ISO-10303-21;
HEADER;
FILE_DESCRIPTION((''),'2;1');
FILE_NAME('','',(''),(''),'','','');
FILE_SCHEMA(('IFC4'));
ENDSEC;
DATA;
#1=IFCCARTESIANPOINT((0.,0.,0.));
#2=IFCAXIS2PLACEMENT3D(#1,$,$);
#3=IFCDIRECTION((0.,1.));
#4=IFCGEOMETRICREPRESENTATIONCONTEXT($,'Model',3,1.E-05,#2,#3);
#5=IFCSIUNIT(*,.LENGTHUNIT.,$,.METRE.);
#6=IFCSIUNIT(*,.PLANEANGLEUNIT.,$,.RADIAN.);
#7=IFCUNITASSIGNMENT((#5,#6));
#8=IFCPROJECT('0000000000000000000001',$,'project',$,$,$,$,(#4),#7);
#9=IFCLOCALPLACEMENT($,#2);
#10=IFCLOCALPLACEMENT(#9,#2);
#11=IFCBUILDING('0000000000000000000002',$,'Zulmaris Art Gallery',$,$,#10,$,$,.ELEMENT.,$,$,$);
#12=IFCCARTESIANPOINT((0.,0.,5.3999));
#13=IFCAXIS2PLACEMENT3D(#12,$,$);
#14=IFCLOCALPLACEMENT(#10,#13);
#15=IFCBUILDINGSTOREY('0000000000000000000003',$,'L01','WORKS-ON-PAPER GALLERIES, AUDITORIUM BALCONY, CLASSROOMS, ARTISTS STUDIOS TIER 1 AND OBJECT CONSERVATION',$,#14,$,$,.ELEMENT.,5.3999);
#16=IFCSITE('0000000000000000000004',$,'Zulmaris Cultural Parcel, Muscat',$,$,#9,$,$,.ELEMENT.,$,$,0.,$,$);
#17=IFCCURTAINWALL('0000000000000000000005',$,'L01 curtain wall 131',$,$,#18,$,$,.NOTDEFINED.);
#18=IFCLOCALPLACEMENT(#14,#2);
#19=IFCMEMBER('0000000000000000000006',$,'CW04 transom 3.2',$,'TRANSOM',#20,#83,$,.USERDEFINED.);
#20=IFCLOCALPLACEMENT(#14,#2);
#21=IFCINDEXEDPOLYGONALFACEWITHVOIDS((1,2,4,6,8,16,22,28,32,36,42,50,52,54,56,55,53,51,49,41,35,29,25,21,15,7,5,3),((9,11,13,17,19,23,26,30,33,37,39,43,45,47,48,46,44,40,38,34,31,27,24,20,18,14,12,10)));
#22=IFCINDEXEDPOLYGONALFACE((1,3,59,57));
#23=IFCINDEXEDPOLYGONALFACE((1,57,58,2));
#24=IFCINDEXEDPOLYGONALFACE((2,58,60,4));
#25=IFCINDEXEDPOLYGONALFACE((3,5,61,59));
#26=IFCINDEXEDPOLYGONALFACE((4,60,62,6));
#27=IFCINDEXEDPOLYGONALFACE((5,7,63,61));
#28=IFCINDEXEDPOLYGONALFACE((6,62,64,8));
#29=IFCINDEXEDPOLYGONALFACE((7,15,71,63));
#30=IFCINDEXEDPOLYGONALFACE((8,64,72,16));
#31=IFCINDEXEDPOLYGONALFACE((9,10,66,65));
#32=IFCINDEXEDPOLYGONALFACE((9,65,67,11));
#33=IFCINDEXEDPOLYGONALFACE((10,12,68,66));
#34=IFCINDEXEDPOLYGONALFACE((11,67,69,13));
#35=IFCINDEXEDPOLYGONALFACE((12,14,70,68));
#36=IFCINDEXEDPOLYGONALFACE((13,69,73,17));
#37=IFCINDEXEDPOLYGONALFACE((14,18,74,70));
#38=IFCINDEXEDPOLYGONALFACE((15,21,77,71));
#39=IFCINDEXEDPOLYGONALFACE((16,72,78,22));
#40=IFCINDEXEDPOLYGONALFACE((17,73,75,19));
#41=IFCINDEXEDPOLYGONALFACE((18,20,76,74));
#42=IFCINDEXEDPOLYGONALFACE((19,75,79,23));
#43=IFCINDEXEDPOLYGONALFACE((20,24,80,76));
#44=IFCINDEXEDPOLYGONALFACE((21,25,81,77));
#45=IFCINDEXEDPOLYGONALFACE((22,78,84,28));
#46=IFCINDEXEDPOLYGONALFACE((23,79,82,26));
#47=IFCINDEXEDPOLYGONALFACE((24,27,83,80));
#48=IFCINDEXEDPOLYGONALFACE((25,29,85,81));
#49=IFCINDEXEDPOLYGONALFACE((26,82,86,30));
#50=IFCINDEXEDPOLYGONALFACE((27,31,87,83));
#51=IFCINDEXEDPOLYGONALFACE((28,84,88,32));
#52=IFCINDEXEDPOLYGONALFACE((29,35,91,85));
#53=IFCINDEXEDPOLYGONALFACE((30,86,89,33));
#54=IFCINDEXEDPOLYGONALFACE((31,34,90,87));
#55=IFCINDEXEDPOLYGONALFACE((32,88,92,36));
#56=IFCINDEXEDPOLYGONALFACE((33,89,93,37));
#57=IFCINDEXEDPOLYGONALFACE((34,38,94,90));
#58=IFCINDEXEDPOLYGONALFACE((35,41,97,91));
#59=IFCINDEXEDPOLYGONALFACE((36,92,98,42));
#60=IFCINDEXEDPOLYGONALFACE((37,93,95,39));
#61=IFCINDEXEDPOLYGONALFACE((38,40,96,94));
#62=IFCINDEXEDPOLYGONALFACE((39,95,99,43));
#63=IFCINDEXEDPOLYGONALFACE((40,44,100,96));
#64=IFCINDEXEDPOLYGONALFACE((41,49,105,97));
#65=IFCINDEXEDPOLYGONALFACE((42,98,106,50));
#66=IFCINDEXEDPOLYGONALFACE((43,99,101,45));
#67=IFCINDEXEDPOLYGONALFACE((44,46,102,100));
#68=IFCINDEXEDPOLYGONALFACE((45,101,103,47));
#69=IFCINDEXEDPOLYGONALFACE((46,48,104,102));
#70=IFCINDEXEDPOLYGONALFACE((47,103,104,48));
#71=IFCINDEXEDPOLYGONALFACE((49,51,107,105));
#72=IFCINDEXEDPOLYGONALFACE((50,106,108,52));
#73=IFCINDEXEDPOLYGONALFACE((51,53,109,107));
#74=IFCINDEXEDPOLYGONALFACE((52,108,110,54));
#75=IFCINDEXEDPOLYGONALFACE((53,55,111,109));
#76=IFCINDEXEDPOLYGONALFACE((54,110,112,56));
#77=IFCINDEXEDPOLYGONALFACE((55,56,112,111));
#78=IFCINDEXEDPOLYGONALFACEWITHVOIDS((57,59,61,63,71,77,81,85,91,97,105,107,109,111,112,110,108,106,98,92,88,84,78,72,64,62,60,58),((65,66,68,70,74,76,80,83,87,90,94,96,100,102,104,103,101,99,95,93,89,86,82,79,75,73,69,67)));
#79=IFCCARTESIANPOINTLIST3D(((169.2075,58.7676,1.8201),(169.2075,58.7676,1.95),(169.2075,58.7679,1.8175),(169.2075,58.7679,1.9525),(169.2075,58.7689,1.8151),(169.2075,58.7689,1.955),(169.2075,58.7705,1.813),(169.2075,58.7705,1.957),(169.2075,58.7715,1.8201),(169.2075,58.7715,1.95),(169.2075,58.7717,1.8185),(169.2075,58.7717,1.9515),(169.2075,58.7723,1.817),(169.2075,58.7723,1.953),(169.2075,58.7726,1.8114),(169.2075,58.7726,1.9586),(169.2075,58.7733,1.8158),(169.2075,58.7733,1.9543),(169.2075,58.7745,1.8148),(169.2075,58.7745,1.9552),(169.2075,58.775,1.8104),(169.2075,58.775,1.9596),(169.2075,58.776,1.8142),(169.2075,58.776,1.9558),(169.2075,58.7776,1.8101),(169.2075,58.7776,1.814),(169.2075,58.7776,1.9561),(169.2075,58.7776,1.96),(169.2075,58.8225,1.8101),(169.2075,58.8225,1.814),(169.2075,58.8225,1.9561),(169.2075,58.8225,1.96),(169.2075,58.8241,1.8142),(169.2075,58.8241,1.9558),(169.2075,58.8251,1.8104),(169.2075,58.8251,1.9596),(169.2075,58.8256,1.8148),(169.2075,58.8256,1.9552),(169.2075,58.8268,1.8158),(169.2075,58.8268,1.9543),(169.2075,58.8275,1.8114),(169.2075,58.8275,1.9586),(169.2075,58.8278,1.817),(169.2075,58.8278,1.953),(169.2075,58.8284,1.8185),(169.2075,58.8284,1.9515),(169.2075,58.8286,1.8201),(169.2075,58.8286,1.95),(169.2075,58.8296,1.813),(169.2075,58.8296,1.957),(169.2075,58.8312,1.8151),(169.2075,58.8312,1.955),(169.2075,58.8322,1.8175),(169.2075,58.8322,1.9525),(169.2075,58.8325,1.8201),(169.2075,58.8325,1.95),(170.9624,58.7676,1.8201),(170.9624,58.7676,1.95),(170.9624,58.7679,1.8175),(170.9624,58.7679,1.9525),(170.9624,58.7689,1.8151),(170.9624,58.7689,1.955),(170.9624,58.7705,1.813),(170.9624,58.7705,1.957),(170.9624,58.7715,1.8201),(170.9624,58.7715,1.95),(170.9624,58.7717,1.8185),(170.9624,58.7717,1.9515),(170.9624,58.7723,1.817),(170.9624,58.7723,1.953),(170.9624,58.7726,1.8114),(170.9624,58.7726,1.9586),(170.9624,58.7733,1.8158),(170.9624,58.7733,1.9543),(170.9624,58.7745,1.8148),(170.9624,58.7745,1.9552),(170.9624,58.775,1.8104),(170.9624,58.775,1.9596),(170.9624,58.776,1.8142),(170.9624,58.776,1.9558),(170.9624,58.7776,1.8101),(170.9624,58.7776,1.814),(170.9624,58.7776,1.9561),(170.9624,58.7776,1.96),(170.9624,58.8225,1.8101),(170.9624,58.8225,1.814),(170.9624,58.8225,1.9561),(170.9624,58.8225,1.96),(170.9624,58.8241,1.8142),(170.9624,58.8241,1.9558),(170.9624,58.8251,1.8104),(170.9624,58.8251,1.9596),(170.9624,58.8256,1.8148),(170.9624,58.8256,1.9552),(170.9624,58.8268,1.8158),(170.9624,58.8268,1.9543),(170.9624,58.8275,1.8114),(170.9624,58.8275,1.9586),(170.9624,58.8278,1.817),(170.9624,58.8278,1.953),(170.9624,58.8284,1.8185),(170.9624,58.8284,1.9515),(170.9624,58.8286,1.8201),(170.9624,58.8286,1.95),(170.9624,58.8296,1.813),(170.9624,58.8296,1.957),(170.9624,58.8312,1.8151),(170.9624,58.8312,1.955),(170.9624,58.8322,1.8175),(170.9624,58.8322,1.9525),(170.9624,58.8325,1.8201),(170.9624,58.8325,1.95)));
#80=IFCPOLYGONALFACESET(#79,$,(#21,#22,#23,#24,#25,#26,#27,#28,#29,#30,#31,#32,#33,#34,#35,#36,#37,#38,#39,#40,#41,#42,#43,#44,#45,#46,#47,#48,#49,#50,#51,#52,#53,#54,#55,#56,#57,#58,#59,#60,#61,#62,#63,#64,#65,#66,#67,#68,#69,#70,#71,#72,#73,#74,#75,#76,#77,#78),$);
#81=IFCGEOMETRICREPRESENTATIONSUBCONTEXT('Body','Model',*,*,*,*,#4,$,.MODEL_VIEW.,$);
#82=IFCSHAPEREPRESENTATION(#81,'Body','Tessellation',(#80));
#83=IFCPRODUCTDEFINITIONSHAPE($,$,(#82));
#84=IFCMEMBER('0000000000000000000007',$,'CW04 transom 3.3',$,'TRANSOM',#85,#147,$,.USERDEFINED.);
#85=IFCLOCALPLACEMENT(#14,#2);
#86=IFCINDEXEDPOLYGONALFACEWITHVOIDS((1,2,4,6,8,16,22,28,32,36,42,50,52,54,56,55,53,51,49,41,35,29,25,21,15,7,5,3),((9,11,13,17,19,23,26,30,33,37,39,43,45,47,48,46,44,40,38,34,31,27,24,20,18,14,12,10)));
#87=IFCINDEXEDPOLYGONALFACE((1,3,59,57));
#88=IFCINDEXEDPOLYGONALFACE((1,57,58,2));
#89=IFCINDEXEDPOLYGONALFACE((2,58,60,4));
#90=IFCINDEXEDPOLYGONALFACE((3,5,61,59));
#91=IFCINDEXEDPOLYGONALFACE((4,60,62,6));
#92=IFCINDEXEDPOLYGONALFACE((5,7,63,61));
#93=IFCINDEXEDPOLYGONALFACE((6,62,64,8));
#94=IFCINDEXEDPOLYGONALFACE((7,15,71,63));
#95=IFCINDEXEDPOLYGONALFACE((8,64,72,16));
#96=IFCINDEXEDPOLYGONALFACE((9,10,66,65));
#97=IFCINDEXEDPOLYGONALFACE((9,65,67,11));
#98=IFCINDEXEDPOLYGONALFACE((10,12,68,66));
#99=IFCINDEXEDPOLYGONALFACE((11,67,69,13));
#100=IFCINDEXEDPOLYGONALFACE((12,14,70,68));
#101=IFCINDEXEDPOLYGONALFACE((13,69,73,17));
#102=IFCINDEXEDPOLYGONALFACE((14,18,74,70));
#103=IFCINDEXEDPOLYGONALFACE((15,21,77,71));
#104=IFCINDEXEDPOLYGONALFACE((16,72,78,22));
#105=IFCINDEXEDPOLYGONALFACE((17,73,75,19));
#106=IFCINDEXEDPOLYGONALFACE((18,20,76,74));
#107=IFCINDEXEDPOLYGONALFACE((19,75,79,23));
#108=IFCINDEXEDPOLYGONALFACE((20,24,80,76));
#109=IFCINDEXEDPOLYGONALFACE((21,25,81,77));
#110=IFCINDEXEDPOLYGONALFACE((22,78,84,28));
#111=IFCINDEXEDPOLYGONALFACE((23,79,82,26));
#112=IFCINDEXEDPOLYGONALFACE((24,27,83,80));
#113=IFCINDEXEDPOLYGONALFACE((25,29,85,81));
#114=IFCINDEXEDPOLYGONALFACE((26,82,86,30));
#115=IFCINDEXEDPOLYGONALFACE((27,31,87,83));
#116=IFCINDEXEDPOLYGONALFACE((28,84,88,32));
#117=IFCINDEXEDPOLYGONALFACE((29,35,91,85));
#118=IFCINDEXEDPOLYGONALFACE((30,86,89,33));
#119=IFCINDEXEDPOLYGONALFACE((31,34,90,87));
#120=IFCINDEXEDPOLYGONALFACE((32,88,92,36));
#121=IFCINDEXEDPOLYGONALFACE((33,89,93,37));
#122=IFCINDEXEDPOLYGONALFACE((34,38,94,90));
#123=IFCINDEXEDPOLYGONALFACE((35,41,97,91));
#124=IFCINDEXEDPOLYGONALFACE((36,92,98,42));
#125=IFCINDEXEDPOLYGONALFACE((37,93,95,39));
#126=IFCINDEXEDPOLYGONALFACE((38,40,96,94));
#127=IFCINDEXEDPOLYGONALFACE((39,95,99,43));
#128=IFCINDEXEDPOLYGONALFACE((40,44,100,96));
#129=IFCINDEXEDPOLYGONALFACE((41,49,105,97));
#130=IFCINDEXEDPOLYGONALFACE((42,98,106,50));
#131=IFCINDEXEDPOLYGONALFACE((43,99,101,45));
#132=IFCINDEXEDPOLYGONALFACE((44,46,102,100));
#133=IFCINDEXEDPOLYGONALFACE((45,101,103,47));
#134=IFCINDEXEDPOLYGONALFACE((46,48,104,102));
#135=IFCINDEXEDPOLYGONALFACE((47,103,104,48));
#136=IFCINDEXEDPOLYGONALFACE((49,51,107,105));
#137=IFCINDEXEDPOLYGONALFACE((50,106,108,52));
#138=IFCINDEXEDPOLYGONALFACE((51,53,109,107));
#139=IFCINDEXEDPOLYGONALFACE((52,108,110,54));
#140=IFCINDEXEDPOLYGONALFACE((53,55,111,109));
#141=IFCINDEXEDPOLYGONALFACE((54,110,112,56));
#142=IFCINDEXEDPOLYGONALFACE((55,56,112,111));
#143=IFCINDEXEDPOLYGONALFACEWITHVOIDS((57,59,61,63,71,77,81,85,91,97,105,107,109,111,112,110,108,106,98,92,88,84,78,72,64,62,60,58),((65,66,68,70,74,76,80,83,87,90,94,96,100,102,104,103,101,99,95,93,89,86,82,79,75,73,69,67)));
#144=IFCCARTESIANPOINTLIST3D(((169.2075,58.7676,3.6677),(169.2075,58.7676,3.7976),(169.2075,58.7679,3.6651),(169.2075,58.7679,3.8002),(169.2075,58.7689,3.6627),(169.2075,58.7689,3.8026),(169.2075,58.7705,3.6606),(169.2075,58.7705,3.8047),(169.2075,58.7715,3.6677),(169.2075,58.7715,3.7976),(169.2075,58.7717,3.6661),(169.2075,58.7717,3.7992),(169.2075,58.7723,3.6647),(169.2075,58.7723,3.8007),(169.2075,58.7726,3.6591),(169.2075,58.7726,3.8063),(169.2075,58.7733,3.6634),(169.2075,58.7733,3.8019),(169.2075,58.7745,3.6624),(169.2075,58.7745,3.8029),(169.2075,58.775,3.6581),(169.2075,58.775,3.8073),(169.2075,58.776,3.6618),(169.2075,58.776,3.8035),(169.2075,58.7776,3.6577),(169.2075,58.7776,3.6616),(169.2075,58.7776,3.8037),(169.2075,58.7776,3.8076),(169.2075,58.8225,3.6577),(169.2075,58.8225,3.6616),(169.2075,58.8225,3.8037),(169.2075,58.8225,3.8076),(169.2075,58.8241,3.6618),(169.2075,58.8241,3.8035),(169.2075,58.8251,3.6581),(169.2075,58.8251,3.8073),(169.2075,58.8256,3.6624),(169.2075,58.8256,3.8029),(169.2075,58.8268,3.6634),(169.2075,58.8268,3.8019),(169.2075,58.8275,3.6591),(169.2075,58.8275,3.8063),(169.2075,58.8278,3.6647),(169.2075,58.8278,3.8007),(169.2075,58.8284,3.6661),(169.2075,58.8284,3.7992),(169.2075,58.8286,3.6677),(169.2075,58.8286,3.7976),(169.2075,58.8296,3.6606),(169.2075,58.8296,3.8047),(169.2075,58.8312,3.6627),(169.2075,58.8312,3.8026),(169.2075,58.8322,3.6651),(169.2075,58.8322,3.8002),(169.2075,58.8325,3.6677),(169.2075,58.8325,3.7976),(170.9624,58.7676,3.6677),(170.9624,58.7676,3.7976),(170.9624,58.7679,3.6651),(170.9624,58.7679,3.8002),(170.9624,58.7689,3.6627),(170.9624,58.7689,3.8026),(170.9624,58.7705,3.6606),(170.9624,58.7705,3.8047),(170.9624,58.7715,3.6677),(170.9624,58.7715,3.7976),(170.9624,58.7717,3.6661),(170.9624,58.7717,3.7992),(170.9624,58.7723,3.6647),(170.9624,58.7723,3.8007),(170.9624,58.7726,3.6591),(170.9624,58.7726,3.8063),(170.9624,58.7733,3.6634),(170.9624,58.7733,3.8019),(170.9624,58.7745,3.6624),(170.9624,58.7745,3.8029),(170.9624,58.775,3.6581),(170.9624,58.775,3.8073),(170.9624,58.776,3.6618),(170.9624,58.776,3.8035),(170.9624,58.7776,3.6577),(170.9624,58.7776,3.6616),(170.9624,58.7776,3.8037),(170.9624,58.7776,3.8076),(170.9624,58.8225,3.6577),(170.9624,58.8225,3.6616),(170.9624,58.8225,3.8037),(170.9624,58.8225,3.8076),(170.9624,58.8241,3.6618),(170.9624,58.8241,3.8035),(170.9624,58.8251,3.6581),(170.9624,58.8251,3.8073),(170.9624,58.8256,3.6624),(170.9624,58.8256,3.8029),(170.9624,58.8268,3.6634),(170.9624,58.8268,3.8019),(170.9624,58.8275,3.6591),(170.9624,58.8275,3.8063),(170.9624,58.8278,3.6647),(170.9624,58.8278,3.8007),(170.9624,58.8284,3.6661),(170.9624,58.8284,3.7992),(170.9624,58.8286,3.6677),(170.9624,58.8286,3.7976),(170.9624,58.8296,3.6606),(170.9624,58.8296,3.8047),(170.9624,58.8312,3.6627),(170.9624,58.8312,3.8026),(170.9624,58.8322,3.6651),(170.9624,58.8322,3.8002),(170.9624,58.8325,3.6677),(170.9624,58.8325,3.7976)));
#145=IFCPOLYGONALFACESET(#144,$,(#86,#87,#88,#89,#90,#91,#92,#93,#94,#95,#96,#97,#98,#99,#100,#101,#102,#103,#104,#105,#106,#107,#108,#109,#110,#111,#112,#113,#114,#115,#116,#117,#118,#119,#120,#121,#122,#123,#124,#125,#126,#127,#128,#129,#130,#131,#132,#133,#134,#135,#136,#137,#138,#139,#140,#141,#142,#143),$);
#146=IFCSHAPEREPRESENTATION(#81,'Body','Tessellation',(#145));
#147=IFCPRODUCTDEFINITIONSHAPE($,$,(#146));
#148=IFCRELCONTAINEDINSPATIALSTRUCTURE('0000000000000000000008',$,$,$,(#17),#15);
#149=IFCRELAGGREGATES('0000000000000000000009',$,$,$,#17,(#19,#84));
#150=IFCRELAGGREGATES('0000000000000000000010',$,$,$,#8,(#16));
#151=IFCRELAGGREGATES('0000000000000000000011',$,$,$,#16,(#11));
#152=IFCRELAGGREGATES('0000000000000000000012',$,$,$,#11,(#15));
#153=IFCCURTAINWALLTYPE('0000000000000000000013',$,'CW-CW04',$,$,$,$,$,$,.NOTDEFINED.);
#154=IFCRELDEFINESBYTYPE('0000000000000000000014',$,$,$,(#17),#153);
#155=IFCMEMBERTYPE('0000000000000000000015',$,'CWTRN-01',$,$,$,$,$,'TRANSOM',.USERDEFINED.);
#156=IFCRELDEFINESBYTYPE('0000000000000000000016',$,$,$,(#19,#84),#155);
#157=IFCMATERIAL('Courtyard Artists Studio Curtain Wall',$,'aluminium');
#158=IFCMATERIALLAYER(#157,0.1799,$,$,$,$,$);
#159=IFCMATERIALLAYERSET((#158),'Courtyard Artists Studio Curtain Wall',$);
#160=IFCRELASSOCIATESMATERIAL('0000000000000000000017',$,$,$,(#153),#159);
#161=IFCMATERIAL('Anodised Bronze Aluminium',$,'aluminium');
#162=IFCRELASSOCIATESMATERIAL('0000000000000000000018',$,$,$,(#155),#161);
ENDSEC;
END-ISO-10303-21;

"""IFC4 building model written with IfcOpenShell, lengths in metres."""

from ifc_helpers import new_model, si_unit, direction, frame, origin, origin_2d, place, context, subcontext, project, spatial, hollow_rectangle, extrude, material, layer, layer_set, material_profile, profile_set, type_object, element, aggregate, save


model = new_model("IFC4")

# Units and contexts
model_context = context("Model", 3, precision=1e-05, world=origin(), true_north=direction((0.0, 1.0)))
body_context = subcontext(model_context, "Body", "Model", "MODEL_VIEW")
ifc_project = project(units=[si_unit("LENGTHUNIT", "METRE"), si_unit("PLANEANGLEUNIT", "RADIAN")], contexts=[model_context])

# Site, building, storey
site_placement = place(None, origin())
site = spatial("IfcSite", under=ifc_project, at=site_placement, Name="Zulmaris Cultural Parcel, Muscat", CompositionType="ELEMENT", RefElevation=0.0)
building_placement = place(site_placement, origin())
building = spatial("IfcBuilding", under=site, at=building_placement, Name="Zulmaris Art Gallery", CompositionType="ELEMENT")
storey_placement = place(building_placement, frame((0.0, 0.0, 5.3999)))
storey = spatial("IfcBuildingStorey", under=building, at=storey_placement, Name="L01", Description="WORKS-ON-PAPER GALLERIES, AUDITORIUM BALCONY, CLASSROOMS, ARTISTS STUDIOS TIER 1 AND OBJECT CONSERVATION", CompositionType="ELEMENT", Elevation=5.3999)

# Curtain wall
ifc_material_1 = material(Name="Courtyard Artists Studio Curtain Wall", Category="aluminium")
ifc_layer_1 = layer(ifc_material_1, 0.1799)
ifc_layer_set_1 = layer_set([ifc_layer_1], Name="Courtyard Artists Studio Curtain Wall")
curtain_wall_type = type_object("IfcCurtainWallType", Name="CW-CW04", PredefinedType="NOTDEFINED", material=ifc_layer_set_1)
ifc_material_2 = material(Name="Anodised Bronze Aluminium", Category="aluminium")
curtain_wall_1_placement = place(storey_placement, origin())
curtain_wall_1 = element("IfcCurtainWall", 1, at=curtain_wall_1_placement, inside=storey, type_object=curtain_wall_type, Name="L01 curtain wall 131", PredefinedType="NOTDEFINED")

# Members
ifc_material_profile_1 = material_profile(ifc_material_2, hollow_rectangle(XDim=0.0649, YDim=0.1499, WallThickness=0.0039, InnerFilletRadius=0.0061, OuterFilletRadius=0.01, at=origin_2d()), Name="ALU 65x150x4")
ifc_profile_set_1 = profile_set([ifc_material_profile_1], Name="Anodised Bronze Aluminium")
member_type_1 = type_object("IfcMemberType", Name="CWTRN-01", ElementType="TRANSOM", PredefinedType="USERDEFINED", material=ifc_profile_set_1)
member_1_placement = place(storey_placement, frame((170.9624, 58.8, 1.885), z_axis=(-1.0, 0.0, 0.0), x_axis=(0.0, -1.0, 0.0)))
member_1 = element("IfcMember", 2, at=member_1_placement, type_object=member_type_1, Name="CW04 transom 3.2", ObjectType="TRANSOM", PredefinedType="USERDEFINED", context=body_context, shape_type="SweptSolid", body=[
    extrude(hollow_rectangle(XDim=0.0649, YDim=0.1499, WallThickness=0.0039, InnerFilletRadius=0.0061, OuterFilletRadius=0.01, at=origin_2d()), origin(), (0.0, 0.0, 1.0), 1.7549),
])
member_2_placement = place(storey_placement, frame((170.9624, 58.8, 3.7327), z_axis=(-1.0, 0.0, 0.0), x_axis=(0.0, -1.0, 0.0)))
member_2 = element("IfcMember", 3, at=member_2_placement, type_object=member_type_1, Name="CW04 transom 3.3", ObjectType="TRANSOM", PredefinedType="USERDEFINED", context=body_context, shape_type="SweptSolid", body=[
    extrude(hollow_rectangle(XDim=0.0649, YDim=0.1499, WallThickness=0.0039, InnerFilletRadius=0.0061, OuterFilletRadius=0.01, at=origin_2d()), origin(), (0.0, 0.0, 1.0), 1.7549),
])

aggregate(curtain_wall_1, [member_1, member_2])

save(model, "model.ifc")
